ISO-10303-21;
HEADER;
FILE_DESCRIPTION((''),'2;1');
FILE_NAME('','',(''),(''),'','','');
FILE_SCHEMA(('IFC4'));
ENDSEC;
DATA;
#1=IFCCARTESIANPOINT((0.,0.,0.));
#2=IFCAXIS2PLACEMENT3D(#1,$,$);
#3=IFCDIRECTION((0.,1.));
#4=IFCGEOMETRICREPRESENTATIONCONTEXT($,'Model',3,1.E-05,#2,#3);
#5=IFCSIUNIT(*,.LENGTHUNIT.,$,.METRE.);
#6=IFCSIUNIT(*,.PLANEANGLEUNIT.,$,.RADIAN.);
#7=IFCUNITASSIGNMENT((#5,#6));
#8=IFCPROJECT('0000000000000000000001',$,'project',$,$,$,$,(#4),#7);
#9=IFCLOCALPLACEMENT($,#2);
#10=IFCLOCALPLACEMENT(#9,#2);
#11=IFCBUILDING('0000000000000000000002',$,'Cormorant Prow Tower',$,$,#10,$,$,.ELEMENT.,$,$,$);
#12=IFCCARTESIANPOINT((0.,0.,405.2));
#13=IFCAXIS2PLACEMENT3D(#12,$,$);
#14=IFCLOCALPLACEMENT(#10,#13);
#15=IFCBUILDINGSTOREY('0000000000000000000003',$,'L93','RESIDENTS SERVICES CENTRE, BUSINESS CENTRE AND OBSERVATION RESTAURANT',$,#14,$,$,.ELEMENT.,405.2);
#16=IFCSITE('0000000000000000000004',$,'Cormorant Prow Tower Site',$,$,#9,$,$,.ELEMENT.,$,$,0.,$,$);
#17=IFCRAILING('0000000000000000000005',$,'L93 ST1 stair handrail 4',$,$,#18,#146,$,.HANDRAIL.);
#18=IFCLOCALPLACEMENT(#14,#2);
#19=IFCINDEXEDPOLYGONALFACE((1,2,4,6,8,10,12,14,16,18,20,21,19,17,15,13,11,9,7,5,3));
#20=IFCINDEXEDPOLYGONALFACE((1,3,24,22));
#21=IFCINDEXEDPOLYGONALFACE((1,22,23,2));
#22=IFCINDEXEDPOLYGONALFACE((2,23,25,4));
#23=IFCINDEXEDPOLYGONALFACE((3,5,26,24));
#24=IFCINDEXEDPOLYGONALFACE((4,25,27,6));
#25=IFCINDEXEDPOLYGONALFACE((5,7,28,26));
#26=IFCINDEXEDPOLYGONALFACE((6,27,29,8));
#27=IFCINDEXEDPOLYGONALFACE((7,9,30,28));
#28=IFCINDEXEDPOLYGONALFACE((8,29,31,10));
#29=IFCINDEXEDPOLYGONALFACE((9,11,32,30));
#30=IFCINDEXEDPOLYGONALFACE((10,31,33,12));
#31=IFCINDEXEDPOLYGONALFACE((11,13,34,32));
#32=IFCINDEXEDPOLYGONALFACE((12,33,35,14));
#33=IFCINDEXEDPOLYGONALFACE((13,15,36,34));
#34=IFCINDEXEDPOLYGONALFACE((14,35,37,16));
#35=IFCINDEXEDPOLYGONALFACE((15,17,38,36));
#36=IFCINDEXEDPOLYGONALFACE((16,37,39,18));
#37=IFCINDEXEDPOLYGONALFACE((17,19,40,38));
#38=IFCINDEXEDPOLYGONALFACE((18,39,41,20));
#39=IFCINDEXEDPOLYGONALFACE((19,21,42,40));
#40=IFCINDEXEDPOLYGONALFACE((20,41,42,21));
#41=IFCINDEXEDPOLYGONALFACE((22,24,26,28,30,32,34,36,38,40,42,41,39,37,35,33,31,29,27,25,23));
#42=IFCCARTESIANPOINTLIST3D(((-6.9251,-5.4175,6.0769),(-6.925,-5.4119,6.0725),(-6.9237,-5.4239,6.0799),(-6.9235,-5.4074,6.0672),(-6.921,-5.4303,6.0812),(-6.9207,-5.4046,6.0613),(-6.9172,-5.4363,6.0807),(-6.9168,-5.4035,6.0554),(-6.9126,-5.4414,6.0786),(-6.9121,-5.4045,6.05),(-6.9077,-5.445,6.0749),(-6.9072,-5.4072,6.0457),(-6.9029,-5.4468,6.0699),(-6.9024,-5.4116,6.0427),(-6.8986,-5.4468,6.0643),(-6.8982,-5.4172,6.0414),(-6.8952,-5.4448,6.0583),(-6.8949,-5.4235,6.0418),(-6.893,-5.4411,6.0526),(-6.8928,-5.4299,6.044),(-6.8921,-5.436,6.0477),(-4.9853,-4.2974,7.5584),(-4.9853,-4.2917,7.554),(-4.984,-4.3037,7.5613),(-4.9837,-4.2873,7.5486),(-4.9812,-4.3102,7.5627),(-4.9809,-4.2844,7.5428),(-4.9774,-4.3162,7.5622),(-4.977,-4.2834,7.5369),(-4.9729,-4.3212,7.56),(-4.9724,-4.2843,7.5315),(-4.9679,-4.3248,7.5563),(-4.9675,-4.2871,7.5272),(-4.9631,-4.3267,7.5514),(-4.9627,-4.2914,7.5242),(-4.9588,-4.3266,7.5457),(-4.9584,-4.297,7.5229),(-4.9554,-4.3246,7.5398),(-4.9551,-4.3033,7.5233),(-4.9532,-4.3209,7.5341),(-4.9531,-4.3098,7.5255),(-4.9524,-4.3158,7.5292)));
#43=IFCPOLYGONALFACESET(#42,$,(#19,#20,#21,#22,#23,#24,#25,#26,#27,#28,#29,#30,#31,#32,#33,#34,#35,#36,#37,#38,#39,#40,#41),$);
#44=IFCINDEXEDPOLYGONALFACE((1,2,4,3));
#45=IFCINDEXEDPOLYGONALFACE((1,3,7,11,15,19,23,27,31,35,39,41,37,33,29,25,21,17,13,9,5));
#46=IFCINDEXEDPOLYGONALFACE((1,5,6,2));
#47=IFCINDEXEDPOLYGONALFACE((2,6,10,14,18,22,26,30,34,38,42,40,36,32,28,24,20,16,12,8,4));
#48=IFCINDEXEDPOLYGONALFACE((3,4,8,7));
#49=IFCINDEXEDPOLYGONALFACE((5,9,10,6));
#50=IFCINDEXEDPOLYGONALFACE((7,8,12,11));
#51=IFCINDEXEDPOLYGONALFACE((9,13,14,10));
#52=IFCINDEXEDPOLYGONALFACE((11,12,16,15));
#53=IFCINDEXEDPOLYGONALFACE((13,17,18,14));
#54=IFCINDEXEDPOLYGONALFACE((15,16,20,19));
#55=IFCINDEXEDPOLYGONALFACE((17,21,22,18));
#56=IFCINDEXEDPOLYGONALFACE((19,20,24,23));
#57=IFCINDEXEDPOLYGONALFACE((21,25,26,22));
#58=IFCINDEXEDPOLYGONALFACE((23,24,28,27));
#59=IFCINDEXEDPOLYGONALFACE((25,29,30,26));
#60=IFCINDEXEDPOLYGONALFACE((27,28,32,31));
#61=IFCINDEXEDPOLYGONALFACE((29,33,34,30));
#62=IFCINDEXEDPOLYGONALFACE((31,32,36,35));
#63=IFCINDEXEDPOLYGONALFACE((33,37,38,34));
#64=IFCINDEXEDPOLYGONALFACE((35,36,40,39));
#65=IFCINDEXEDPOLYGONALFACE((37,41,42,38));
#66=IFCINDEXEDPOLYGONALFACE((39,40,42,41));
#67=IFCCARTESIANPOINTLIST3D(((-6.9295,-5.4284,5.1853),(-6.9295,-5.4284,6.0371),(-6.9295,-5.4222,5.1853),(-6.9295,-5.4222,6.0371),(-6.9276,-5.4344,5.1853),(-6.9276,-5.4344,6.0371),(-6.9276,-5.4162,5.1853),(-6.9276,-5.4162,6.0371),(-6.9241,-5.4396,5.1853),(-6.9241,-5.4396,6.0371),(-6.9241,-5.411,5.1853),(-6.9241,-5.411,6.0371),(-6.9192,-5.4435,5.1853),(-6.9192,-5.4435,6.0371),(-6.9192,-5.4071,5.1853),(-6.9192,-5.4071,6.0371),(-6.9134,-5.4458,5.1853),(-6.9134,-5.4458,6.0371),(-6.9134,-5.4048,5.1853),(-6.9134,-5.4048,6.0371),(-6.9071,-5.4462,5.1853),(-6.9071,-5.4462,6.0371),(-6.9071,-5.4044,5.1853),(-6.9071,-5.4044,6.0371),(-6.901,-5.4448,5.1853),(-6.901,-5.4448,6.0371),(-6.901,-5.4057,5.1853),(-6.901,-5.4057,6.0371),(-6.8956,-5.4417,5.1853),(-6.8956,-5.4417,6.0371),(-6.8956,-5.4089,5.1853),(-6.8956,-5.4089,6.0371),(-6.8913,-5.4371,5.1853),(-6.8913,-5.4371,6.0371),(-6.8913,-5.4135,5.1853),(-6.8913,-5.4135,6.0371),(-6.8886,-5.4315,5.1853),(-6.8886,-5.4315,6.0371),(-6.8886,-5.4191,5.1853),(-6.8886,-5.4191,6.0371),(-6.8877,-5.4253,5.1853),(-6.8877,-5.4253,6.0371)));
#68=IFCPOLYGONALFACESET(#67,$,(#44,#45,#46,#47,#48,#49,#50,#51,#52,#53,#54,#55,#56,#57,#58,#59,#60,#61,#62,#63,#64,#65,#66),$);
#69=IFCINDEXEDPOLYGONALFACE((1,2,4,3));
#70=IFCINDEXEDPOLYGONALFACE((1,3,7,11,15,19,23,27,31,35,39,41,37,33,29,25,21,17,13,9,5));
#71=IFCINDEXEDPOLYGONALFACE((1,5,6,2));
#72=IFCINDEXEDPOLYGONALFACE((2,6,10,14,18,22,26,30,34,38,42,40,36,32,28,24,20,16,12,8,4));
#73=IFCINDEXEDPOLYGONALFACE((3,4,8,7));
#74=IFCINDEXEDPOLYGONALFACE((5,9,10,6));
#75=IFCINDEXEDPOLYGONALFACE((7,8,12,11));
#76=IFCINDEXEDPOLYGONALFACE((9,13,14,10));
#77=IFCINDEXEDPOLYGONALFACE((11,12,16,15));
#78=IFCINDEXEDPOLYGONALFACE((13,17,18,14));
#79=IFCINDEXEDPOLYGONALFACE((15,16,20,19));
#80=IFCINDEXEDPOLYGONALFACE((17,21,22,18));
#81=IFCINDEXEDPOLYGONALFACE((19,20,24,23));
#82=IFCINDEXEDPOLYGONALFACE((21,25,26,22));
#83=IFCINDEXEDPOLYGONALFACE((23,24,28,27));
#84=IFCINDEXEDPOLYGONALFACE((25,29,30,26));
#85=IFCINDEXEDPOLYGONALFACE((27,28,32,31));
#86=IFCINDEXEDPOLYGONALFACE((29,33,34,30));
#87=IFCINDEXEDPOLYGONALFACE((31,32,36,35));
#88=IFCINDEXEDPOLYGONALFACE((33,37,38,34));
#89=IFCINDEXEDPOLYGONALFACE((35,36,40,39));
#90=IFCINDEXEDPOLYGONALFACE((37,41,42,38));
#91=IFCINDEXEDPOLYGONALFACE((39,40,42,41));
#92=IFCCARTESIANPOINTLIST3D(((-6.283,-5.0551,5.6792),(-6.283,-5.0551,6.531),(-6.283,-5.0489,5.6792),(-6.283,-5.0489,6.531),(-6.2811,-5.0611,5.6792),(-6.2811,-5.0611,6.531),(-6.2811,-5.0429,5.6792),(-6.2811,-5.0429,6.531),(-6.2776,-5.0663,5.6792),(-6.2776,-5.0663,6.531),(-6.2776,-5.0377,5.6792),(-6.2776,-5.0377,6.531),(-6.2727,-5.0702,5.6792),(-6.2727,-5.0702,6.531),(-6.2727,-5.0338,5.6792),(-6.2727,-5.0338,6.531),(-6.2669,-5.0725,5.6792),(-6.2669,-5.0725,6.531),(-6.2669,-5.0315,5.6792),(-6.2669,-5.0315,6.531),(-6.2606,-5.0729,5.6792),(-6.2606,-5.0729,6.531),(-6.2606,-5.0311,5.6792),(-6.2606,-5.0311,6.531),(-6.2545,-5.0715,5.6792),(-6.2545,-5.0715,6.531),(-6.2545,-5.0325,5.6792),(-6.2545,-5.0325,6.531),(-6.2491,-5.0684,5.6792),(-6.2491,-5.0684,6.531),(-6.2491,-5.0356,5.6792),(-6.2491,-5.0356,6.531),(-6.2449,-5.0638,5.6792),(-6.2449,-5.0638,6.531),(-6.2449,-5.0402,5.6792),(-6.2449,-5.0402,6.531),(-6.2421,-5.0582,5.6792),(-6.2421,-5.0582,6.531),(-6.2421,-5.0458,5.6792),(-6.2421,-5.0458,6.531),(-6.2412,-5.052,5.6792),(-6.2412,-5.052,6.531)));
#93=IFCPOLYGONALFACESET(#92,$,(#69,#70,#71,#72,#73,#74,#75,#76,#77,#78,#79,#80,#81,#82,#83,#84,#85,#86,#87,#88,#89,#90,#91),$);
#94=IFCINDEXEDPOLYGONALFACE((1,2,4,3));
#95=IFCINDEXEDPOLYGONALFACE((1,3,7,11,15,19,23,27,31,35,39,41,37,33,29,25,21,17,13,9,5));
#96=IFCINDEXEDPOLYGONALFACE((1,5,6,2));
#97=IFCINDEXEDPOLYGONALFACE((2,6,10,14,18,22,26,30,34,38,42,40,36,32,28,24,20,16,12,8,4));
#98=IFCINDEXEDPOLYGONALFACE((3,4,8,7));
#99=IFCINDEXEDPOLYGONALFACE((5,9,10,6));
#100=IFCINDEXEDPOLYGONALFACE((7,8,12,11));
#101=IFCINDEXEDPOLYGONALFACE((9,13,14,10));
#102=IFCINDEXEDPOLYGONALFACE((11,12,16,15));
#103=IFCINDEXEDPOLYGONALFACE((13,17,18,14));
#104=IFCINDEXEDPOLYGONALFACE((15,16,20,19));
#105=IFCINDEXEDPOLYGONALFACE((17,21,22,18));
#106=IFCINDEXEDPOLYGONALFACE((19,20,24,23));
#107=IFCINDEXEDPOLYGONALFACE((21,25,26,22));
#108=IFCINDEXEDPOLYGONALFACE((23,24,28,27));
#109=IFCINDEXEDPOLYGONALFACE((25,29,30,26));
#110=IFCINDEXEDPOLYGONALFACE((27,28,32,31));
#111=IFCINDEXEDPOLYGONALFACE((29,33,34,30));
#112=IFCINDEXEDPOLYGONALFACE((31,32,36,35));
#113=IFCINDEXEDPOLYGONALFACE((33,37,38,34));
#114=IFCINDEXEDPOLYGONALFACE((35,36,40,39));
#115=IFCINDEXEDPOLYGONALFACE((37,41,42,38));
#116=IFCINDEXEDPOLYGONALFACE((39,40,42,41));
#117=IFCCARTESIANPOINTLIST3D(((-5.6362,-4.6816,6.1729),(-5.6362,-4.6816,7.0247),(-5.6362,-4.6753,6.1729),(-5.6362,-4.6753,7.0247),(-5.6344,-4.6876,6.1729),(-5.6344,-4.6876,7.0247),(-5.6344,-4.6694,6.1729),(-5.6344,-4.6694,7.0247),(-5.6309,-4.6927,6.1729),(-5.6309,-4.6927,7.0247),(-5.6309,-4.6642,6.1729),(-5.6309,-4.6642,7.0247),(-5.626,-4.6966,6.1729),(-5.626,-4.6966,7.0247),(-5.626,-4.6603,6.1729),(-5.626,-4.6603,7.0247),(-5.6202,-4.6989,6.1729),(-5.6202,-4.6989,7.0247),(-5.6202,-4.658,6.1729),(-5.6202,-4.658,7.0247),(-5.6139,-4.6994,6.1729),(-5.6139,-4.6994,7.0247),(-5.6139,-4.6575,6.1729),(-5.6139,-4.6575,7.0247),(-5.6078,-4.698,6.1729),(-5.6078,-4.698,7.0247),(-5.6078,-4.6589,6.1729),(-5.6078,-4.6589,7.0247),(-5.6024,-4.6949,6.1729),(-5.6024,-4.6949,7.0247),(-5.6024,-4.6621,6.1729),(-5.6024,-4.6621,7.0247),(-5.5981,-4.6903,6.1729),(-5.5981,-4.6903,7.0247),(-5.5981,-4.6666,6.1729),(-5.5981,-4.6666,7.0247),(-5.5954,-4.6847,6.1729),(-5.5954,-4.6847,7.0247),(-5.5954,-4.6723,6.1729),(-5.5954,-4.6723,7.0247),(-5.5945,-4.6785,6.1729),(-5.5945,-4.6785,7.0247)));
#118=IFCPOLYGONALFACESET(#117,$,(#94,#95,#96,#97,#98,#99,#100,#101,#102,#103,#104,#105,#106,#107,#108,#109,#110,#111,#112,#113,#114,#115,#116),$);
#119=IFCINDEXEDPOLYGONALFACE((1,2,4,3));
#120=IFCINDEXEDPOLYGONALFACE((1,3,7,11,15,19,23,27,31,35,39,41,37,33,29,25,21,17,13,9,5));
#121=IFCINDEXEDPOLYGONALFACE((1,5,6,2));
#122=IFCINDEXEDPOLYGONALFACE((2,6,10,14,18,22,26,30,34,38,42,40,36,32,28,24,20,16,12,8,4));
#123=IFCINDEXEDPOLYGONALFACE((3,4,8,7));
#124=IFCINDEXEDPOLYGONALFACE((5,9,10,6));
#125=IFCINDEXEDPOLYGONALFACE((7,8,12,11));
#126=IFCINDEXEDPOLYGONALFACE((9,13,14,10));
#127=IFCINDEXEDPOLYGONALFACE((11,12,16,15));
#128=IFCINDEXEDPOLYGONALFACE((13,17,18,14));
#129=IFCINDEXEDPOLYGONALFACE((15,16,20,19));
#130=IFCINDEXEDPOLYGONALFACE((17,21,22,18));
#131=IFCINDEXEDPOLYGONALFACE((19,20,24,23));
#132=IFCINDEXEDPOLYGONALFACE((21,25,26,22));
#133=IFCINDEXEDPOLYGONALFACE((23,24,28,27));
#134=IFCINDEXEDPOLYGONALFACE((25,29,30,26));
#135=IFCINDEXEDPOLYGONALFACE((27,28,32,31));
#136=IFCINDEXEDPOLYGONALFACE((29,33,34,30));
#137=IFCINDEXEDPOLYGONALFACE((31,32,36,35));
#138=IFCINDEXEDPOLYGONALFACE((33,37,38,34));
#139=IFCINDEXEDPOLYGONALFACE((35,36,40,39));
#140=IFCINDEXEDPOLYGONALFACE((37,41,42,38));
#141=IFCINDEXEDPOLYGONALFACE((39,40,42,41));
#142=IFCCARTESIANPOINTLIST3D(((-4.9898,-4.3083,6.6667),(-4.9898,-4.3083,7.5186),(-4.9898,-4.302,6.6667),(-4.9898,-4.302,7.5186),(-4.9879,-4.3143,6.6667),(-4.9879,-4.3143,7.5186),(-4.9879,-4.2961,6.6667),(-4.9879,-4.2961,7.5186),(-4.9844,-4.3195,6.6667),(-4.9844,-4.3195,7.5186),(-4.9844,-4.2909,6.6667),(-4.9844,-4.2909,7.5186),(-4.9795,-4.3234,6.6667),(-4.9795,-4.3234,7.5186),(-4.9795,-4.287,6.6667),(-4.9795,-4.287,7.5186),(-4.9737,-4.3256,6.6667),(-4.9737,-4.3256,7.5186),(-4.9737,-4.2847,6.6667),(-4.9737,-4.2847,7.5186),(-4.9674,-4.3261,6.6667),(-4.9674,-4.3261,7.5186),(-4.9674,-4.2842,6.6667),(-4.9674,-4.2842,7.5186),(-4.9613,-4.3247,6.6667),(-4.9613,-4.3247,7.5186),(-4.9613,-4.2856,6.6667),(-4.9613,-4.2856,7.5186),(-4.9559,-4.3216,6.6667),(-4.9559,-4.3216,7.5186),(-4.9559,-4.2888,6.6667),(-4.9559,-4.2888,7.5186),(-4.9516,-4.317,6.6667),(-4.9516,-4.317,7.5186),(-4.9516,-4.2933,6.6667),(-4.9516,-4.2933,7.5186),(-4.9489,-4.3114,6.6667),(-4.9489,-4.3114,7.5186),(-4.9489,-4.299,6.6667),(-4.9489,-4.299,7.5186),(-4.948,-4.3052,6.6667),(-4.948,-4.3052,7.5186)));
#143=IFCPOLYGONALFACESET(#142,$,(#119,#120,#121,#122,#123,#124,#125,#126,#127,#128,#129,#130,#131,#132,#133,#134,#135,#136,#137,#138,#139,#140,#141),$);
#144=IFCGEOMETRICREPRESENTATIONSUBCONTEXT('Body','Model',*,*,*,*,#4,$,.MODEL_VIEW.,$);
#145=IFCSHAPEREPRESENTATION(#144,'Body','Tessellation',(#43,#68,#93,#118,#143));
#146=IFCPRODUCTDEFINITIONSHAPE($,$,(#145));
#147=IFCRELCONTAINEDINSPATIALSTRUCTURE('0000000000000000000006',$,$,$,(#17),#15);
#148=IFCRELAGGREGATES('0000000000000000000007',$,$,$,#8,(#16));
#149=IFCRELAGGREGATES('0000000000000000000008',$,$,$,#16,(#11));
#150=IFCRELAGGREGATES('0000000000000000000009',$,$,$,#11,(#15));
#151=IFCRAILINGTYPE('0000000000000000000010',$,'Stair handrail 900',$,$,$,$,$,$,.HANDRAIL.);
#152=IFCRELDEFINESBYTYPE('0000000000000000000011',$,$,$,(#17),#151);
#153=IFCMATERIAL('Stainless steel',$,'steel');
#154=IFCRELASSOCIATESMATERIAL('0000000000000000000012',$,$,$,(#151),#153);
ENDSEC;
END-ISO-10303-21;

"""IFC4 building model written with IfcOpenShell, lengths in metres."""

from ifc_helpers import new_model, si_unit, direction, frame, origin, origin_2d, place, context, subcontext, project, spatial, circle, extrude, material, type_object, element, save


model = new_model("IFC4")

# Units and contexts
model_context = context("Model", 3, precision=1e-05, world=origin(), true_north=direction((0.0, 1.0)))
body_context = subcontext(model_context, "Body", "Model", "MODEL_VIEW")
ifc_project = project(units=[si_unit("LENGTHUNIT", "METRE"), si_unit("PLANEANGLEUNIT", "RADIAN")], contexts=[model_context])

# Site, building, storey
site_placement = place(None, origin())
site = spatial("IfcSite", under=ifc_project, at=site_placement, Name="Cormorant Prow Tower Site", CompositionType="ELEMENT", RefElevation=0.0)
building_placement = place(site_placement, origin())
building = spatial("IfcBuilding", under=site, at=building_placement, Name="Cormorant Prow Tower", CompositionType="ELEMENT")
storey_placement = place(building_placement, frame((0.0, 0.0, 405.2)))
storey = spatial("IfcBuildingStorey", under=building, at=storey_placement, Name="L93", Description="RESIDENTS SERVICES CENTRE, BUSINESS CENTRE AND OBSERVATION RESTAURANT", CompositionType="ELEMENT", Elevation=405.2)

# Railing
ifc_material_1 = material(Name="Stainless steel", Category="steel")
railing_type = type_object("IfcRailingType", Name="Stair handrail 900", PredefinedType="HANDRAIL", material=ifc_material_1)
for number, where, name in (
    (1, (-6.9087, -5.4253, 5.1853), "L93 ST1 stair handrail 4"),
):
    element("IfcRailing", number, at=place(storey_placement, frame(where)), inside=storey, type_object=railing_type, Name=name, PredefinedType="HANDRAIL", context=body_context, shape_type="SweptSolid", body=[
        extrude(circle(Radius=0.0239, at=origin_2d()), frame((0.0, 0.0, 0.876), z_axis=(0.722292, 0.417102, 0.551651), x_axis=(-0.500078, 0.86598, 0.0)), (0.0, 0.0, 1.0), 2.6855),
        extrude(circle(Radius=0.021, at=origin_2d()), origin(), (0.0, 0.0, 1.0), 0.8518),
        extrude(circle(Radius=0.021, at=origin_2d()), frame((0.6465, 0.3733, 0.4939)), (0.0, 0.0, 1.0), 0.8518),
        extrude(circle(Radius=0.021, at=origin_2d()), frame((1.2932, 0.7468, 0.9875)), (0.0, 0.0, 1.0), 0.8518),
        extrude(circle(Radius=0.021, at=origin_2d()), frame((1.9397, 1.1201, 1.4814)), (0.0, 0.0, 1.0), 0.8518),
    ])

save(model, "model.ifc")
